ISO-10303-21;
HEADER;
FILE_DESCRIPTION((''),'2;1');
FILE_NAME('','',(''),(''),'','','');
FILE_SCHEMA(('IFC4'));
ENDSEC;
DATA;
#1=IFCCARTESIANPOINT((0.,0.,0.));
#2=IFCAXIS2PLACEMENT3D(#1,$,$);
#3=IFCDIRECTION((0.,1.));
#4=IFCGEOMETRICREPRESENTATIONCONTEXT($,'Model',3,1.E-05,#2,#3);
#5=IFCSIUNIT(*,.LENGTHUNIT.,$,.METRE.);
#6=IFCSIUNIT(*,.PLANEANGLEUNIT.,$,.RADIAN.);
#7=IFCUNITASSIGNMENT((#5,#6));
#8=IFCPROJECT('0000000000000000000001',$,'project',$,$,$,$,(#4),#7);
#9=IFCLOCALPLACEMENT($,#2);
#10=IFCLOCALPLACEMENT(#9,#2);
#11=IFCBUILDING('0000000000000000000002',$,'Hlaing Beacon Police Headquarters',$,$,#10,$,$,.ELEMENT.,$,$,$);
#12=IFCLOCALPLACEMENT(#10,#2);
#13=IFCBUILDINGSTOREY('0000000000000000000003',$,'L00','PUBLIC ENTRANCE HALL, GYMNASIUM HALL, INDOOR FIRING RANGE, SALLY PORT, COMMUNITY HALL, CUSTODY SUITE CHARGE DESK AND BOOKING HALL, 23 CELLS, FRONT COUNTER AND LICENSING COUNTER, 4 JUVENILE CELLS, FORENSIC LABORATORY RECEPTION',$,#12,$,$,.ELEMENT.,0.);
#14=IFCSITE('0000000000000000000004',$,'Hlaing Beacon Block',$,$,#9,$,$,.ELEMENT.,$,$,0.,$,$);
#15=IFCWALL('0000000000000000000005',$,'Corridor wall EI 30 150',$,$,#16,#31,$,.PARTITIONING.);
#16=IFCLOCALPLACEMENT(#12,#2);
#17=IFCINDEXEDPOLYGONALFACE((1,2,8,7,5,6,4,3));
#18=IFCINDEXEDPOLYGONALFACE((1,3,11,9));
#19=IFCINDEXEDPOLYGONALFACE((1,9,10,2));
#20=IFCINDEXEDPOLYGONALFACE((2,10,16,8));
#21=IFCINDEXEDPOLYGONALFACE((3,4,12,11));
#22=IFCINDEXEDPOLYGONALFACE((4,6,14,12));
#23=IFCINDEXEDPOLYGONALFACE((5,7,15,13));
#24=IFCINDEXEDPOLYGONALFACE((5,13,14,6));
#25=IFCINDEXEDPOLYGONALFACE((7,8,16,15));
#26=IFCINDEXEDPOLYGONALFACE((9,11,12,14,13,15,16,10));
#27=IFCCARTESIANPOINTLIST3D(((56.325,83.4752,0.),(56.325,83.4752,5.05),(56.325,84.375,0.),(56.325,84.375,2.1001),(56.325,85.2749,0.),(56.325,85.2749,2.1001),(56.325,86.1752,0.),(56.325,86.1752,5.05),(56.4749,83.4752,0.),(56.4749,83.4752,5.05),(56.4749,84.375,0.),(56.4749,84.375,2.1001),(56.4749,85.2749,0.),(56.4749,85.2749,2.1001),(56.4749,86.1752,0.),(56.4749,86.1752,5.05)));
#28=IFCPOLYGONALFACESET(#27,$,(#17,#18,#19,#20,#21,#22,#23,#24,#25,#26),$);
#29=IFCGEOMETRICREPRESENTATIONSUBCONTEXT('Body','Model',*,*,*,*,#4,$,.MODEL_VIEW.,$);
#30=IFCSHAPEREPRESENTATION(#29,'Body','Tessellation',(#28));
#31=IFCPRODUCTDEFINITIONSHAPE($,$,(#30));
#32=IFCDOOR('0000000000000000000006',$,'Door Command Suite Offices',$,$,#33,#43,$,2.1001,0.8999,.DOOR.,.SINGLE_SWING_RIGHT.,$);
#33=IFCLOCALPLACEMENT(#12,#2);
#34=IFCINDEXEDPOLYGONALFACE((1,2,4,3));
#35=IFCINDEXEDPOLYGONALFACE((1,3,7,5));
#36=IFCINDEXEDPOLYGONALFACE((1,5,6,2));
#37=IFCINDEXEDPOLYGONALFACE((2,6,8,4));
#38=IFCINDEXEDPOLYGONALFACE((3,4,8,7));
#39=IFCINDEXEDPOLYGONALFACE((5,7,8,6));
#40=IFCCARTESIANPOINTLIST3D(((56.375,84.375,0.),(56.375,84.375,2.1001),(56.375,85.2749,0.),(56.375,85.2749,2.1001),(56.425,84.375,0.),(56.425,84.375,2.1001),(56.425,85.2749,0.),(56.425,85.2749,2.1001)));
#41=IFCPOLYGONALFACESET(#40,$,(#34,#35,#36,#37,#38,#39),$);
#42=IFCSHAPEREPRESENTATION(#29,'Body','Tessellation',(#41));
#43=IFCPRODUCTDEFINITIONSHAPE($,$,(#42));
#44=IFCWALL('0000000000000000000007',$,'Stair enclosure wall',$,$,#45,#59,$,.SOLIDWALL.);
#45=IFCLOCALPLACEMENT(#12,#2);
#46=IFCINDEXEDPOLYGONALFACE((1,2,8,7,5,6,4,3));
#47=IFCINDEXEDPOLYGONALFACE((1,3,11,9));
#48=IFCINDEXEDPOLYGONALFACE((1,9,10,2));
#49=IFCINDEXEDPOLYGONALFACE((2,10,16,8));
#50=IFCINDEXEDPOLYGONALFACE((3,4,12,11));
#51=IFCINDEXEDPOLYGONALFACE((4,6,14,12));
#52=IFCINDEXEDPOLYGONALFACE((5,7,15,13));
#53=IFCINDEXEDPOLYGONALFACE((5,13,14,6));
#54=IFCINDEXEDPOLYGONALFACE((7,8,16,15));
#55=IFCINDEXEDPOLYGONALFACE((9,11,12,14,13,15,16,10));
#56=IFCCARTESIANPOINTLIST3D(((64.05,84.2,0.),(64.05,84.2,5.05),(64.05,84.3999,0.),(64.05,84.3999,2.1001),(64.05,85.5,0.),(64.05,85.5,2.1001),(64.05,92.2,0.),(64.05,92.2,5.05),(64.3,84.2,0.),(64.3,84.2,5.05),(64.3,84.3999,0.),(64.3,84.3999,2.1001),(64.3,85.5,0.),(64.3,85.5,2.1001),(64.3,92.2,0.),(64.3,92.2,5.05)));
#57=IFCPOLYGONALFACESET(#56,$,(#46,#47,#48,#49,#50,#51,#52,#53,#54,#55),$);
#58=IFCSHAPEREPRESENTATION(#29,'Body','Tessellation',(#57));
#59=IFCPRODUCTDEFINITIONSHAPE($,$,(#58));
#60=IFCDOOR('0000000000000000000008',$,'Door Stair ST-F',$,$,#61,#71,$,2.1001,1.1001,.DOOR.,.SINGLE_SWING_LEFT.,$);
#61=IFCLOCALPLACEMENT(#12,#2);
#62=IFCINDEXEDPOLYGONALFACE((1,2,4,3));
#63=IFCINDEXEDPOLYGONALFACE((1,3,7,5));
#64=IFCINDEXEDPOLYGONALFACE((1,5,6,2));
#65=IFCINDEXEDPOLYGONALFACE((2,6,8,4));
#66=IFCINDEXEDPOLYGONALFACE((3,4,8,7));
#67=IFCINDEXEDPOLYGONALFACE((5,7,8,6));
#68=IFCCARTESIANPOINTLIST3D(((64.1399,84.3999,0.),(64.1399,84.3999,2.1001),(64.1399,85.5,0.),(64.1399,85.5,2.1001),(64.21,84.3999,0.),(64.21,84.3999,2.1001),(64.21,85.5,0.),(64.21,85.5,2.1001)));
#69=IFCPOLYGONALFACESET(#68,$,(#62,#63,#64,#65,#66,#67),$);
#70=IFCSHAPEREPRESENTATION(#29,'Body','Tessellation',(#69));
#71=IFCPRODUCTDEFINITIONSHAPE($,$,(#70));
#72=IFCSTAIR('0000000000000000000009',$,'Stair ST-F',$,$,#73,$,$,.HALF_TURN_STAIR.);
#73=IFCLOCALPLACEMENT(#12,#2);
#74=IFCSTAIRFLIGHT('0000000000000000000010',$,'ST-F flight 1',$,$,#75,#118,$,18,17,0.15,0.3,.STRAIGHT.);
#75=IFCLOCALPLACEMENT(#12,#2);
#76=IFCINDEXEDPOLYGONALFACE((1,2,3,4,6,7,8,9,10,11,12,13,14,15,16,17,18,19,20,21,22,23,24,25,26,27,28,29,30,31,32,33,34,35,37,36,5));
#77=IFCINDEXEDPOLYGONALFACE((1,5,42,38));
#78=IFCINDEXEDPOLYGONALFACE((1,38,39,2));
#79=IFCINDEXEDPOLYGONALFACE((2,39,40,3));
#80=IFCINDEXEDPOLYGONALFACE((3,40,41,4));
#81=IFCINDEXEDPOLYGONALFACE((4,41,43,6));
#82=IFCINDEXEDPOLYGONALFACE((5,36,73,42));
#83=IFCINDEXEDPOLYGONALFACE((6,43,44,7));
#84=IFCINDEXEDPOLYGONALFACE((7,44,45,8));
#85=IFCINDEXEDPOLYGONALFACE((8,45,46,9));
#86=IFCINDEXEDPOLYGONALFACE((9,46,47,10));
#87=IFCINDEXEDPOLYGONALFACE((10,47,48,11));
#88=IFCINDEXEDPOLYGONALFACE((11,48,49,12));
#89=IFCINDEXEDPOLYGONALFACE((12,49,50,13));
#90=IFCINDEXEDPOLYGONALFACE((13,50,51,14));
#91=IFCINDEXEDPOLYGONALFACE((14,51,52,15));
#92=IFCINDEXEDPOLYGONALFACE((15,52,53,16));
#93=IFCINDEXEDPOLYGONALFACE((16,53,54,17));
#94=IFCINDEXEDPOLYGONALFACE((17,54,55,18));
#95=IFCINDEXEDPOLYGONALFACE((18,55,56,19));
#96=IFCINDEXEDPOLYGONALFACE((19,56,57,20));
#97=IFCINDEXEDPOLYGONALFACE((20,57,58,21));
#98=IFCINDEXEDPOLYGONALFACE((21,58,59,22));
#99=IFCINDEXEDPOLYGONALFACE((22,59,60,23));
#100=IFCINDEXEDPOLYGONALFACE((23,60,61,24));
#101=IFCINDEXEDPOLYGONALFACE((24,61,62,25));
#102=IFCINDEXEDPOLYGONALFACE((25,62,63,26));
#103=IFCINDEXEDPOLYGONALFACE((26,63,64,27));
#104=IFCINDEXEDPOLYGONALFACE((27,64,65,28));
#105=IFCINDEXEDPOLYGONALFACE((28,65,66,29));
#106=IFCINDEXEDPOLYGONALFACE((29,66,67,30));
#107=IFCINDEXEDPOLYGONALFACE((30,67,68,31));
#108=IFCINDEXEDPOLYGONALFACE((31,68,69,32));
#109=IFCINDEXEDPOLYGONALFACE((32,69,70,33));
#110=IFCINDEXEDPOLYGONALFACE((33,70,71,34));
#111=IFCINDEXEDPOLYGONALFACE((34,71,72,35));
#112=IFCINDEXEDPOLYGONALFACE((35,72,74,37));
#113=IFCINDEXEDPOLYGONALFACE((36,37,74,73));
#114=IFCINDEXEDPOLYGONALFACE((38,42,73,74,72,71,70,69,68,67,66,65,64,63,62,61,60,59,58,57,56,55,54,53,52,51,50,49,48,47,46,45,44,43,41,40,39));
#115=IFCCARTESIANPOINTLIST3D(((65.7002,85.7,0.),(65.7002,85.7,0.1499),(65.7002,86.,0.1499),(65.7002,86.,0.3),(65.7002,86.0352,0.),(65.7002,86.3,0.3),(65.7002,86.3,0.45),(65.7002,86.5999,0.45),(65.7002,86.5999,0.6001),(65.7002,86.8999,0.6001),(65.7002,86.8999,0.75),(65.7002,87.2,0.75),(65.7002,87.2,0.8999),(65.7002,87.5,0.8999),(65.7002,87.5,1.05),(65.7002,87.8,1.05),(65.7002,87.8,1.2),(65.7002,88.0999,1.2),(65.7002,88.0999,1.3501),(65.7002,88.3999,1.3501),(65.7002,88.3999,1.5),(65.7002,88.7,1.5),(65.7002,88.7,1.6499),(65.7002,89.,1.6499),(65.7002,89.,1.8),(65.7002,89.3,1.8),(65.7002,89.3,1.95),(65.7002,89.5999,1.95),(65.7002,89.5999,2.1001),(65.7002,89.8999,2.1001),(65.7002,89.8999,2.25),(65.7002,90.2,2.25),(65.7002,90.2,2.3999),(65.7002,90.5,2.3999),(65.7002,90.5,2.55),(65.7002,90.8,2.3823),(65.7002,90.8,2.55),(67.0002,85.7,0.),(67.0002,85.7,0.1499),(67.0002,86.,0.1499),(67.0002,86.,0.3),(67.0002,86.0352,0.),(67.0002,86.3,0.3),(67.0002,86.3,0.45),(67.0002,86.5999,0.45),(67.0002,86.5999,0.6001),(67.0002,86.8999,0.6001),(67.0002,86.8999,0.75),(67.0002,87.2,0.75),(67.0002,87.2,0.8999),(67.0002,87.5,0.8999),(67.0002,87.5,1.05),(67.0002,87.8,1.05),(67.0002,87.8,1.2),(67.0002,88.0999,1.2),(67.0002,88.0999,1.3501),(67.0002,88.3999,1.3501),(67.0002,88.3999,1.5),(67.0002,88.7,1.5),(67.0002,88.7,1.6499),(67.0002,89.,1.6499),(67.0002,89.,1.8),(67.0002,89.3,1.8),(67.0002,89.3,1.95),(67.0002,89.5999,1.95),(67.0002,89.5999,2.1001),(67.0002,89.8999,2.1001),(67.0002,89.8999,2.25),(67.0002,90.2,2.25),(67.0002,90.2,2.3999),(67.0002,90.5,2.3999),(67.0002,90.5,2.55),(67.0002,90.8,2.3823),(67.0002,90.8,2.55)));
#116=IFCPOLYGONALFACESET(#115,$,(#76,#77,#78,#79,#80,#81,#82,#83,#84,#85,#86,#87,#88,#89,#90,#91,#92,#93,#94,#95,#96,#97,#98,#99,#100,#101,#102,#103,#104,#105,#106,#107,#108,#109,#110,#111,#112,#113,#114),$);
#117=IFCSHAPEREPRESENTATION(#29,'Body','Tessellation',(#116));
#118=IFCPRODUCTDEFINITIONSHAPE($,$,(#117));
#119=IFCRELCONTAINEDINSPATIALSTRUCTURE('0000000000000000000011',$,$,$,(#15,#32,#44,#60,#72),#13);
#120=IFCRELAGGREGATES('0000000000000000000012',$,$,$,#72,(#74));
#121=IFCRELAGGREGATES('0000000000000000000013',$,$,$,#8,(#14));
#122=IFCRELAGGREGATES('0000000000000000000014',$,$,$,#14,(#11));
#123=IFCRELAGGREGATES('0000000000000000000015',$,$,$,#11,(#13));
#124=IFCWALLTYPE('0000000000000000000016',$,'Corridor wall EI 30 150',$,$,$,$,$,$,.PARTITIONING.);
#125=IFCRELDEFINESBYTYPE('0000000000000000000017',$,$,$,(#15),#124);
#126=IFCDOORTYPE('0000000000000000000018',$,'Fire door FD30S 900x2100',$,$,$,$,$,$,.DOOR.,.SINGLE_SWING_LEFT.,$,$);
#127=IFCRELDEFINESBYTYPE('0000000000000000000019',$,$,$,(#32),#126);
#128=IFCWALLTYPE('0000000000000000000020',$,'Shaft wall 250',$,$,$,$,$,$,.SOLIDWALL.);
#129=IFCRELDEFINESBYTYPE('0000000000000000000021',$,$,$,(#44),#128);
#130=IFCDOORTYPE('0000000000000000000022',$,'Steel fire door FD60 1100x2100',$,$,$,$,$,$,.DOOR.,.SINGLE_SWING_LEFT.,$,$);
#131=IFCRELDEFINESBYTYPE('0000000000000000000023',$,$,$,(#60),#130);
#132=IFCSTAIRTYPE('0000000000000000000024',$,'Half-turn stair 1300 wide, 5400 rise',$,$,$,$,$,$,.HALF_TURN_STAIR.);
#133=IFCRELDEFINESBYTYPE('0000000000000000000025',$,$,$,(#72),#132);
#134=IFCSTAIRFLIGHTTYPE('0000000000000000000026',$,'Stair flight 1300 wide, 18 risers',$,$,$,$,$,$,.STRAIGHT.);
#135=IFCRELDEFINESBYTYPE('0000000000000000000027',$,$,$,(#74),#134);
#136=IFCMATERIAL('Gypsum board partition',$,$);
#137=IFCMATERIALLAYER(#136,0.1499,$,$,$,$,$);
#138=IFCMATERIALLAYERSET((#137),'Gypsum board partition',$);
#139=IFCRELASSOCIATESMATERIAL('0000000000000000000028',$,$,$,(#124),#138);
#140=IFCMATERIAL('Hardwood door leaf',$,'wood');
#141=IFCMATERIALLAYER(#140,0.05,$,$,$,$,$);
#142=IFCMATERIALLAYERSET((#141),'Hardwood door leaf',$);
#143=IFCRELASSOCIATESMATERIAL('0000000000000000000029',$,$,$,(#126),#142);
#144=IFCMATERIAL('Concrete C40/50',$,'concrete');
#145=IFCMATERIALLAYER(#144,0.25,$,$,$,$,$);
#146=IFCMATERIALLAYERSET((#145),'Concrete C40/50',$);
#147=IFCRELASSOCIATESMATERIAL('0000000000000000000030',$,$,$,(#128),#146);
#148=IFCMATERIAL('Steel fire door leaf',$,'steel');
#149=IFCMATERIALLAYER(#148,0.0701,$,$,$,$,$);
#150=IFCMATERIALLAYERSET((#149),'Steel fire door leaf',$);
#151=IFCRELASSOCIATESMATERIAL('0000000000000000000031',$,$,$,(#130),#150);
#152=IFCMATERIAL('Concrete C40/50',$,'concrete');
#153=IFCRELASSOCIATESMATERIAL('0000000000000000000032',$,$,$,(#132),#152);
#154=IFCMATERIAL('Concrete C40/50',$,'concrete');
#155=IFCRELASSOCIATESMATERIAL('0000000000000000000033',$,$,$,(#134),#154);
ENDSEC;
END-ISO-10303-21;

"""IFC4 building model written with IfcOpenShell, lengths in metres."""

from ifc_helpers import new_model, si_unit, direction, frame, frame_2d, origin, place, context, subcontext, project, spatial, polyline, rectangle, outline, extrude, material, layer, layer_set, type_object, element, fill, aggregate, save


model = new_model("IFC4")

# Units and contexts
model_context = context("Model", 3, precision=1e-05, world=origin(), true_north=direction((0.0, 1.0)))
body_context = subcontext(model_context, "Body", "Model", "MODEL_VIEW")
ifc_project = project(units=[si_unit("LENGTHUNIT", "METRE"), si_unit("PLANEANGLEUNIT", "RADIAN")], contexts=[model_context])

# Site, building, storey
site_placement = place(None, origin())
site = spatial("IfcSite", under=ifc_project, at=site_placement, Name="Hlaing Beacon Block", CompositionType="ELEMENT", RefElevation=0.0)
building_placement = place(site_placement, origin())
building = spatial("IfcBuilding", under=site, at=building_placement, Name="Hlaing Beacon Police Headquarters", CompositionType="ELEMENT")
storey_placement = place(building_placement, origin())
storey = spatial("IfcBuildingStorey", under=building, at=storey_placement, Name="L00", Description="PUBLIC ENTRANCE HALL, GYMNASIUM HALL, INDOOR FIRING RANGE, SALLY PORT, COMMUNITY HALL, CUSTODY SUITE CHARGE DESK AND BOOKING HALL, 23 CELLS, FRONT COUNTER AND LICENSING COUNTER, 4 JUVENILE CELLS, FORENSIC LABORATORY RECEPTION", CompositionType="ELEMENT", Elevation=0.0)

# Walls, openings, doors
ifc_material_1 = material(Name="Gypsum board partition")
ifc_layer_1 = layer(ifc_material_1, 0.1499)
ifc_layer_set_1 = layer_set([ifc_layer_1], Name="Gypsum board partition")
wall_type_1 = type_object("IfcWallType", Name="Corridor wall EI 30 150", PredefinedType="PARTITIONING", material=ifc_layer_set_1)
wall_1_placement = place(storey_placement, frame((56.3999, 83.4751, 0.0), z_axis=(0.0, 0.0, 1.0), x_axis=(0.0, 1.0, 0.0)))
wall_1 = element("IfcWall", 1, at=wall_1_placement, inside=storey, type_object=wall_type_1, Name="Corridor wall EI 30 150", PredefinedType="PARTITIONING", context=body_context, shape_type="SweptSolid", body=[
    extrude(rectangle(XDim=2.7, YDim=0.1499, at=frame_2d((1.3501, 0.0))), origin(), (0.0, 0.0, 1.0), 5.05),
])
opening_1_placement = place(wall_1_placement, frame((0.8999, 0.0, 0.0)))
opening_1 = element("IfcOpeningElement", 2, at=opening_1_placement, cuts=wall_1, PredefinedType="OPENING", context=body_context, shape_type="SweptSolid", body=[
    extrude(rectangle(XDim=0.8999, YDim=2.1001, at=frame_2d((0.45, 1.05))), frame((0.0, 0.085, 0.0), z_axis=(0.0, -1.0, 0.0), x_axis=(1.0, 0.0, 0.0)), (0.0, 0.0, 1.0), 0.1699),
])
ifc_material_2 = material(Name="Hardwood door leaf", Category="wood")
ifc_layer_2 = layer(ifc_material_2, 0.05)
ifc_layer_set_2 = layer_set([ifc_layer_2], Name="Hardwood door leaf")
door_type_1 = type_object("IfcDoorType", Name="Fire door FD30S 900x2100", OperationType="SINGLE_SWING_LEFT", PredefinedType="DOOR", material=ifc_layer_set_2)
door_1_placement = place(opening_1_placement, origin())
door_1 = element("IfcDoor", 3, at=door_1_placement, inside=storey, type_object=door_type_1, Name="Door Command Suite Offices", OperationType="SINGLE_SWING_RIGHT", OverallHeight=2.1001, OverallWidth=0.8999, PredefinedType="DOOR", context=body_context, shape_type="SweptSolid", body=[
    extrude(rectangle(XDim=0.8999, YDim=2.1001, at=frame_2d((0.45, 1.05))), frame((0.0, 0.0249, 0.0), z_axis=(0.0, -1.0, 0.0), x_axis=(1.0, 0.0, 0.0)), (0.0, 0.0, 1.0), 0.05),
])
fill(opening_1, door_1)
ifc_material_3 = material(Name="Concrete C40/50", Category="concrete")
ifc_layer_3 = layer(ifc_material_3, 0.25)
ifc_layer_set_3 = layer_set([ifc_layer_3], Name="Concrete C40/50")
wall_type_2 = type_object("IfcWallType", Name="Shaft wall 250", PredefinedType="SOLIDWALL", material=ifc_layer_set_3)
wall_2_placement = place(storey_placement, frame((64.175, 84.2, 0.0), z_axis=(0.0, 0.0, 1.0), x_axis=(0.0, 1.0, 0.0)))
wall_2 = element("IfcWall", 4, at=wall_2_placement, inside=storey, type_object=wall_type_2, Name="Stair enclosure wall", PredefinedType="SOLIDWALL", context=body_context, shape_type="SweptSolid", body=[
    extrude(rectangle(XDim=8.0, YDim=0.25, at=frame_2d((4.0, 0.0))), origin(), (0.0, 0.0, 1.0), 5.05),
])
opening_2_placement = place(wall_2_placement, frame((0.2, 0.0, 0.0)))
opening_2 = element("IfcOpeningElement", 5, at=opening_2_placement, cuts=wall_2, PredefinedType="OPENING", context=body_context, shape_type="SweptSolid", body=[
    extrude(rectangle(XDim=1.1001, YDim=2.1001, at=frame_2d((0.55, 1.05))), frame((0.0, 0.135, 0.0), z_axis=(0.0, -1.0, 0.0), x_axis=(1.0, 0.0, 0.0)), (0.0, 0.0, 1.0), 0.27),
])
ifc_material_4 = material(Name="Steel fire door leaf", Category="steel")
ifc_layer_4 = layer(ifc_material_4, 0.0701)
ifc_layer_set_4 = layer_set([ifc_layer_4], Name="Steel fire door leaf")
door_type_2 = type_object("IfcDoorType", Name="Steel fire door FD60 1100x2100", OperationType="SINGLE_SWING_LEFT", PredefinedType="DOOR", material=ifc_layer_set_4)
door_2_placement = place(opening_2_placement, frame((1.1001, 0.0, 0.0), z_axis=(0.0, 0.0, 1.0), x_axis=(-1.0, 0.0, 0.0)))
door_2 = element("IfcDoor", 6, at=door_2_placement, inside=storey, type_object=door_type_2, Name="Door Stair ST-F", OperationType="SINGLE_SWING_LEFT", OverallHeight=2.1001, OverallWidth=1.1001, PredefinedType="DOOR", context=body_context, shape_type="SweptSolid", body=[
    extrude(rectangle(XDim=1.1001, YDim=2.1001, at=frame_2d((0.55, 1.05))), frame((0.0, 0.0349, 0.0), z_axis=(0.0, -1.0, 0.0), x_axis=(1.0, 0.0, 0.0)), (0.0, 0.0, 1.0), 0.0701),
])
fill(opening_2, door_2)

# Stair, stair flight
ifc_material_5 = material(Name="Concrete C40/50", Category="concrete")
stair_type = type_object("IfcStairType", Name="Half-turn stair 1300 wide, 5400 rise", PredefinedType="HALF_TURN_STAIR", material=ifc_material_5)
stair_placement = place(storey_placement, origin())
stair = element("IfcStair", 7, at=stair_placement, inside=storey, type_object=stair_type, Name="Stair ST-F", PredefinedType="HALF_TURN_STAIR")
ifc_material_6 = material(Name="Concrete C40/50", Category="concrete")
stair_flight_type = type_object("IfcStairFlightType", Name="Stair flight 1300 wide, 18 risers", PredefinedType="STRAIGHT", material=ifc_material_6)
stair_flight_placement = place(storey_placement, frame((66.3501, 85.7, 0.0), z_axis=(0.0, 0.0, 1.0), x_axis=(0.0, 1.0, 0.0)))
stair_flight = element("IfcStairFlight", 8, at=stair_flight_placement, type_object=stair_flight_type, Name="ST-F flight 1", NumberOfRisers=18, NumberOfTreads=17, PredefinedType="STRAIGHT", RiserHeight=0.15, TreadLength=0.3, context=body_context, shape_type="SweptSolid", body=[
    extrude(outline(polyline([(0.0, 0.0), (0.0, 0.1499), (0.3, 0.1499), (0.3, 0.3), (0.6001, 0.3), (0.6001, 0.45), (0.8999, 0.45), (0.8999, 0.6001), (1.2, 0.6001), (1.2, 0.75), (1.5, 0.75), (1.5, 0.8999), (1.8, 0.8999), (1.8, 1.05), (2.1001, 1.05), (2.1001, 1.2), (2.3999, 1.2), (2.3999, 1.3501), (2.7, 1.3501), (2.7, 1.5), (3.0, 1.5), (3.0, 1.6499), (3.3, 1.6499), (3.3, 1.8), (3.6001, 1.8), (3.6001, 1.95), (3.8999, 1.95), (3.8999, 2.1001), (4.2, 2.1001), (4.2, 2.25), (4.5, 2.25), (4.5, 2.3999), (4.8, 2.3999), (4.8, 2.55), (5.1001, 2.55), (5.1001, 2.7), (5.1001, 2.3823), (0.3352, 0.0), (0.0, 0.0)])), frame((0.0, 0.6499, 0.0), z_axis=(0.0, -1.0, 0.0), x_axis=(1.0, 0.0, 0.0)), (0.0, 0.0, 1.0), 1.3),
])
aggregate(stair, [stair_flight])

save(model, "model.ifc")
